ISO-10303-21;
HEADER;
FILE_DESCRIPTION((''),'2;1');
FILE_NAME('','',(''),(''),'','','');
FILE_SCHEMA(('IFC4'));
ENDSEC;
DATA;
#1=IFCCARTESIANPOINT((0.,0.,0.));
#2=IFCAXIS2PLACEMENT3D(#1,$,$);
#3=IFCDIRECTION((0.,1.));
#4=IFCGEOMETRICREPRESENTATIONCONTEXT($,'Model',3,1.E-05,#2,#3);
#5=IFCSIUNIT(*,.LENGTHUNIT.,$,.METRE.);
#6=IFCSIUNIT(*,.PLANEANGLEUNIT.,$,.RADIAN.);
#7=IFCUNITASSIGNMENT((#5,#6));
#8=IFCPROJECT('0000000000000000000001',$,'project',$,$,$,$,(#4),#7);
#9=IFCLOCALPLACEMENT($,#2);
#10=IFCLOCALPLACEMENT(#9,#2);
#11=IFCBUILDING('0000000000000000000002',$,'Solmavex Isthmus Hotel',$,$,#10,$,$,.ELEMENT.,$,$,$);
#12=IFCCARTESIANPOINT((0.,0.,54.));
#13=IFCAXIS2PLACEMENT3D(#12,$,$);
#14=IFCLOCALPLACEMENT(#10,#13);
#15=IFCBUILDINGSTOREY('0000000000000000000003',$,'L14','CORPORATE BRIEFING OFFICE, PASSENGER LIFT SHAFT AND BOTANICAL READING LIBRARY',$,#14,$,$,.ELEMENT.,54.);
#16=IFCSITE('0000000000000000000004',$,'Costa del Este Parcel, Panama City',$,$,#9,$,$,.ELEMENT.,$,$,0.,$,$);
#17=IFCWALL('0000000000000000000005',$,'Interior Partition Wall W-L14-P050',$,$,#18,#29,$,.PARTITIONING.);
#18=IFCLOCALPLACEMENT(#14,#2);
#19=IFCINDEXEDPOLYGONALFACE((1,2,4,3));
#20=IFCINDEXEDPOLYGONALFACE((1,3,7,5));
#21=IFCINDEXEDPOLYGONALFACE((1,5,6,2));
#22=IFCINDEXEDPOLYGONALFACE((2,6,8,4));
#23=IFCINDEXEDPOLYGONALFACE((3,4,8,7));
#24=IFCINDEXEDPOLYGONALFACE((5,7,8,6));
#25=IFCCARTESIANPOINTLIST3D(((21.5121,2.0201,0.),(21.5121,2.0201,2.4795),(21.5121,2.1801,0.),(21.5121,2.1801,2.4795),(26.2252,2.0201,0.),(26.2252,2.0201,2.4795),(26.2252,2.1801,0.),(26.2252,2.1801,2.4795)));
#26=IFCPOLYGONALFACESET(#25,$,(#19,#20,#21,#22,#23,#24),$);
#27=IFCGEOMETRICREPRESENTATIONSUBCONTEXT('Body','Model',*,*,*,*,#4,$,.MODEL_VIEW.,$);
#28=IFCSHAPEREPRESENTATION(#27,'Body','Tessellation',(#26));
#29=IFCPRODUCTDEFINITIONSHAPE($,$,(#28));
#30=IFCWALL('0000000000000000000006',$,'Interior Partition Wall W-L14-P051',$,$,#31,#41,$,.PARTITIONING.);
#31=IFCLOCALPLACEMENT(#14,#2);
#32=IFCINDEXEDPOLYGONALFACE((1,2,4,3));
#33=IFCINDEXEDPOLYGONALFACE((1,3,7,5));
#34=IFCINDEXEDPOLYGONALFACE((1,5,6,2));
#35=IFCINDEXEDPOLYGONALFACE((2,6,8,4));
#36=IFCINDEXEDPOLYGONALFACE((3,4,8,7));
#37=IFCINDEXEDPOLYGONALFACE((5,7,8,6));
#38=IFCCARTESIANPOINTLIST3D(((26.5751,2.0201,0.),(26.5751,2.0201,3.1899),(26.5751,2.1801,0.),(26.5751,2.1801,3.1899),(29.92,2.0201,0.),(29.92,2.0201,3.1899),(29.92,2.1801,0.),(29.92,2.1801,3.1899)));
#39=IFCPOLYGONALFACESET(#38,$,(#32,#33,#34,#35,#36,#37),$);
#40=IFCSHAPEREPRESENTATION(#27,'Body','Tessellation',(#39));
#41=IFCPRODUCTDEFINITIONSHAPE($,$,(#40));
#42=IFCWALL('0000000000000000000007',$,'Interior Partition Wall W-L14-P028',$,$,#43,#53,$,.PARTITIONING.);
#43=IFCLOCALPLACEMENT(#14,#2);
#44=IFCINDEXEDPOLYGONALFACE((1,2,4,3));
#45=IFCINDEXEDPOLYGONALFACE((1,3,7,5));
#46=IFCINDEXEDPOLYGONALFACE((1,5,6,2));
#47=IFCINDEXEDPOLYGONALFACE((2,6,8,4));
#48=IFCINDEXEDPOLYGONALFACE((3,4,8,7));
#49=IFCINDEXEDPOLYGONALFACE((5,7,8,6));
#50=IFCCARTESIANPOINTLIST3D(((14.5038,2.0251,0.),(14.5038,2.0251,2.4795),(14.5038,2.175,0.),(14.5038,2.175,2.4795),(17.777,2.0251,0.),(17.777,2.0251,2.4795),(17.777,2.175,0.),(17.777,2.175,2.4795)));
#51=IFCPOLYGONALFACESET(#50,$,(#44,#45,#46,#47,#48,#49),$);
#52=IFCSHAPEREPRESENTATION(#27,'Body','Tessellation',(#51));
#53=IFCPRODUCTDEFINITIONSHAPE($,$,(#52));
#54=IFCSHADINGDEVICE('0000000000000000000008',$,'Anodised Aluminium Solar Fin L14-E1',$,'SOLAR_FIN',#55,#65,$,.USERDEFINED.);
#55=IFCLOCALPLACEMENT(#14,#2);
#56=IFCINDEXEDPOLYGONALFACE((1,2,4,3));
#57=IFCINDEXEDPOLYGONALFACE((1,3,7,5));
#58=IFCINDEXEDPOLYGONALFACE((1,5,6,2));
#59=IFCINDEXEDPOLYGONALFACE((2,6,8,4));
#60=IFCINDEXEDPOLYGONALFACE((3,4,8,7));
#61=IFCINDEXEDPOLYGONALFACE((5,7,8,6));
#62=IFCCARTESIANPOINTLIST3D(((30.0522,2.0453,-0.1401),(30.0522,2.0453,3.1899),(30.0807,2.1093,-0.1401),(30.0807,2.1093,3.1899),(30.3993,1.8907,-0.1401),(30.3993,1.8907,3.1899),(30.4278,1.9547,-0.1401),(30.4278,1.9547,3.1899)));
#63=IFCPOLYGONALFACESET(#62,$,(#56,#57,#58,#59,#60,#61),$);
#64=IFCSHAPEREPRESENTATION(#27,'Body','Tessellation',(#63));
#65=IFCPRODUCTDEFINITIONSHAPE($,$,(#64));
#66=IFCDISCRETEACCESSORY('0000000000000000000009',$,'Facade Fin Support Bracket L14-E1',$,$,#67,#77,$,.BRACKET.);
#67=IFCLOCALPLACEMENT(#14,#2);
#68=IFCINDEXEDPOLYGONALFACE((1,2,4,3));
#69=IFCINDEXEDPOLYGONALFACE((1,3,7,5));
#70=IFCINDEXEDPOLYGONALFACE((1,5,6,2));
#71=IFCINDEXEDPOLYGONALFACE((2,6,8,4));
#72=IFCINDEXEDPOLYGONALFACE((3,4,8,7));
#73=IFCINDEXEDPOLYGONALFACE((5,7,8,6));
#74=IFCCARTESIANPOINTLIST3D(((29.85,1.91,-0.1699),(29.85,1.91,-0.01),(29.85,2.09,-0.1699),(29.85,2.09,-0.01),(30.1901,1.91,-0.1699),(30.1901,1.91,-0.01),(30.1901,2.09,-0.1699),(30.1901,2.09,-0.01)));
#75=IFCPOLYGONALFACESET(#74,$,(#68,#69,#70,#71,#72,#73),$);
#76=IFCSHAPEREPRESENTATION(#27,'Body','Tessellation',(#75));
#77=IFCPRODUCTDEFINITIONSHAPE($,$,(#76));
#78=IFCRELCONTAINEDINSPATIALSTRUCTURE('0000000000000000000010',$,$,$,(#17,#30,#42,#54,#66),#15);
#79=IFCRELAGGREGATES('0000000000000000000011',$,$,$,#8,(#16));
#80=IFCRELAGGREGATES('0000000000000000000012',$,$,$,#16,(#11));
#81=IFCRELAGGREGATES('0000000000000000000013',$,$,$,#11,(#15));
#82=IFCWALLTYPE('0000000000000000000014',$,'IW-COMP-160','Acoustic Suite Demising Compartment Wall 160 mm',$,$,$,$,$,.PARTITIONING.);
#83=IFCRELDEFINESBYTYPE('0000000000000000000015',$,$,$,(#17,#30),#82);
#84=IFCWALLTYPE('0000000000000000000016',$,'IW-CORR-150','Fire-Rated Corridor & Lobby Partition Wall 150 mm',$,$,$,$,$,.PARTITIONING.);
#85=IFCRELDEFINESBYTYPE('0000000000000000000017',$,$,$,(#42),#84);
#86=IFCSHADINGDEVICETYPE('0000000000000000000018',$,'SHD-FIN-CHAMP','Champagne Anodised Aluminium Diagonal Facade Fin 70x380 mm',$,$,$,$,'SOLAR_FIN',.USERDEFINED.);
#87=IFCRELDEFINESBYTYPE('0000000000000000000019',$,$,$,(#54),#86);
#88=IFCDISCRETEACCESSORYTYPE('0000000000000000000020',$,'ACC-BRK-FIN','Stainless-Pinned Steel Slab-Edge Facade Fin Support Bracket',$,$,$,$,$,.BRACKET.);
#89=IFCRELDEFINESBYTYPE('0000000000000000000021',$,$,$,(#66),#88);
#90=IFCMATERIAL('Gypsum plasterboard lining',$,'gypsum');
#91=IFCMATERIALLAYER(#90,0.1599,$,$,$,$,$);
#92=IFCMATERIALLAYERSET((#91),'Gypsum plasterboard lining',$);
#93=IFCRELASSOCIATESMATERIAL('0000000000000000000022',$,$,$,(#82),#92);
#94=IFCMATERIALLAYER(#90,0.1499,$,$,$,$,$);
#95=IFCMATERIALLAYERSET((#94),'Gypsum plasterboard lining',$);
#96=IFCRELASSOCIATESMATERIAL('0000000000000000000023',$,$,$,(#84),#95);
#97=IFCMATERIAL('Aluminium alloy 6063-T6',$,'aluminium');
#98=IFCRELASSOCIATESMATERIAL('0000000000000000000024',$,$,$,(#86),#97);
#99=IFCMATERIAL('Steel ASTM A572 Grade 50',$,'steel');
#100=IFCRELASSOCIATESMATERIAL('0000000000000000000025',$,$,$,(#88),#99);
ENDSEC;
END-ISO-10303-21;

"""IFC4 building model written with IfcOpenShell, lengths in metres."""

from ifc_helpers import new_model, si_unit, direction, frame, frame_2d, origin, origin_2d, place, context, subcontext, project, spatial, rectangle, extrude, material, layer, layer_set, type_object, element, save


model = new_model("IFC4")

# Units and contexts
model_context = context("Model", 3, precision=1e-05, world=origin(), true_north=direction((0.0, 1.0)))
body_context = subcontext(model_context, "Body", "Model", "MODEL_VIEW")
ifc_project = project(units=[si_unit("LENGTHUNIT", "METRE"), si_unit("PLANEANGLEUNIT", "RADIAN")], contexts=[model_context])

# Site, building, storey
site_placement = place(None, origin())
site = spatial("IfcSite", under=ifc_project, at=site_placement, Name="Costa del Este Parcel, Panama City", CompositionType="ELEMENT", RefElevation=0.0)
building_placement = place(site_placement, origin())
building = spatial("IfcBuilding", under=site, at=building_placement, Name="Solmavex Isthmus Hotel", CompositionType="ELEMENT")
storey_placement = place(building_placement, frame((0.0, 0.0, 54.0)))
storey = spatial("IfcBuildingStorey", under=building, at=storey_placement, Name="L14", Description="CORPORATE BRIEFING OFFICE, PASSENGER LIFT SHAFT AND BOTANICAL READING LIBRARY", CompositionType="ELEMENT", Elevation=54.0)

# Shared definitions
ifc_material_1 = material(Name="Aluminium alloy 6063-T6", Category="aluminium")

# Walls
ifc_material_2 = material(Name="Gypsum plasterboard lining", Category="gypsum")
ifc_layer_1 = layer(ifc_material_2, 0.1599)
ifc_layer_set_1 = layer_set([ifc_layer_1], Name="Gypsum plasterboard lining")
wall_type_1 = type_object("IfcWallType", Name="IW-COMP-160", Description="Acoustic Suite Demising Compartment Wall 160 mm", PredefinedType="PARTITIONING", material=ifc_layer_set_1)
wall_1_placement = place(storey_placement, frame((26.2251, 2.1001, 0.0), z_axis=(0.0, 0.0, 1.0), x_axis=(-1.0, 0.0, 0.0)))
element("IfcWall", 1, at=wall_1_placement, inside=storey, type_object=wall_type_1, Name="Interior Partition Wall W-L14-P050", PredefinedType="PARTITIONING", context=body_context, shape_type="SweptSolid", body=[
    extrude(rectangle(XDim=4.7131, YDim=0.1599, at=frame_2d((2.3564, 0.0))), origin(), (0.0, 0.0, 1.0), 2.4795),
])
wall_2_placement = place(storey_placement, frame((29.9199, 2.1001, 0.0), z_axis=(0.0, 0.0, 1.0), x_axis=(-1.0, 0.0, 0.0)))
element("IfcWall", 2, at=wall_2_placement, inside=storey, type_object=wall_type_1, Name="Interior Partition Wall W-L14-P051", PredefinedType="PARTITIONING", context=body_context, shape_type="SweptSolid", body=[
    extrude(rectangle(XDim=3.345, YDim=0.1599, at=frame_2d((1.6724, 0.0))), origin(), (0.0, 0.0, 1.0), 3.1899),
])

# Shared definitions
ifc_layer_2 = layer(ifc_material_2, 0.1499)
ifc_layer_set_2 = layer_set([ifc_layer_2], Name="Gypsum plasterboard lining")
wall_type_2 = type_object("IfcWallType", Name="IW-CORR-150", Description="Fire-Rated Corridor & Lobby Partition Wall 150 mm", PredefinedType="PARTITIONING", material=ifc_layer_set_2)

# Wall
wall_3_placement = place(storey_placement, frame((17.7771, 2.1001, 0.0), z_axis=(0.0, 0.0, 1.0), x_axis=(-1.0, 0.0, 0.0)))
element("IfcWall", 3, at=wall_3_placement, inside=storey, type_object=wall_type_2, Name="Interior Partition Wall W-L14-P028", PredefinedType="PARTITIONING", context=body_context, shape_type="SweptSolid", body=[
    extrude(rectangle(XDim=3.2732, YDim=0.1499, at=frame_2d((1.6367, 0.0))), origin(), (0.0, 0.0, 1.0), 2.4795),
])

# Shading device
shading_device_type = type_object("IfcShadingDeviceType", Name="SHD-FIN-CHAMP", Description="Champagne Anodised Aluminium Diagonal Facade Fin 70x380 mm", ElementType="SOLAR_FIN", PredefinedType="USERDEFINED", material=ifc_material_1)
shading_device_placement = place(storey_placement, frame((30.24, 2.0, -0.1401), z_axis=(0.0, 0.0, 1.0), x_axis=(0.913545, -0.406737, 0.0)))
element("IfcShadingDevice", 4, at=shading_device_placement, inside=storey, type_object=shading_device_type, Name="Anodised Aluminium Solar Fin L14-E1", ObjectType="SOLAR_FIN", PredefinedType="USERDEFINED", context=body_context, shape_type="SweptSolid", body=[
    extrude(rectangle(XDim=0.3799, YDim=0.0701, at=origin_2d()), origin(), (0.0, 0.0, 1.0), 3.3301),
])

# Discrete accessory
ifc_material_3 = material(Name="Steel ASTM A572 Grade 50", Category="steel")
discrete_accessory_type = type_object("IfcDiscreteAccessoryType", Name="ACC-BRK-FIN", Description="Stainless-Pinned Steel Slab-Edge Facade Fin Support Bracket", PredefinedType="BRACKET", material=ifc_material_3)
discrete_accessory_placement = place(storey_placement, frame((30.02, 2.0, -0.1699), z_axis=(0.0, 0.0, 1.0), x_axis=(1.0, 0.0, 0.0)))
element("IfcDiscreteAccessory", 5, at=discrete_accessory_placement, inside=storey, type_object=discrete_accessory_type, Name="Facade Fin Support Bracket L14-E1", PredefinedType="BRACKET", context=body_context, shape_type="SweptSolid", body=[
    extrude(rectangle(XDim=0.3401, YDim=0.1799, at=origin_2d()), origin(), (0.0, 0.0, 1.0), 0.1599),
])

save(model, "model.ifc")
